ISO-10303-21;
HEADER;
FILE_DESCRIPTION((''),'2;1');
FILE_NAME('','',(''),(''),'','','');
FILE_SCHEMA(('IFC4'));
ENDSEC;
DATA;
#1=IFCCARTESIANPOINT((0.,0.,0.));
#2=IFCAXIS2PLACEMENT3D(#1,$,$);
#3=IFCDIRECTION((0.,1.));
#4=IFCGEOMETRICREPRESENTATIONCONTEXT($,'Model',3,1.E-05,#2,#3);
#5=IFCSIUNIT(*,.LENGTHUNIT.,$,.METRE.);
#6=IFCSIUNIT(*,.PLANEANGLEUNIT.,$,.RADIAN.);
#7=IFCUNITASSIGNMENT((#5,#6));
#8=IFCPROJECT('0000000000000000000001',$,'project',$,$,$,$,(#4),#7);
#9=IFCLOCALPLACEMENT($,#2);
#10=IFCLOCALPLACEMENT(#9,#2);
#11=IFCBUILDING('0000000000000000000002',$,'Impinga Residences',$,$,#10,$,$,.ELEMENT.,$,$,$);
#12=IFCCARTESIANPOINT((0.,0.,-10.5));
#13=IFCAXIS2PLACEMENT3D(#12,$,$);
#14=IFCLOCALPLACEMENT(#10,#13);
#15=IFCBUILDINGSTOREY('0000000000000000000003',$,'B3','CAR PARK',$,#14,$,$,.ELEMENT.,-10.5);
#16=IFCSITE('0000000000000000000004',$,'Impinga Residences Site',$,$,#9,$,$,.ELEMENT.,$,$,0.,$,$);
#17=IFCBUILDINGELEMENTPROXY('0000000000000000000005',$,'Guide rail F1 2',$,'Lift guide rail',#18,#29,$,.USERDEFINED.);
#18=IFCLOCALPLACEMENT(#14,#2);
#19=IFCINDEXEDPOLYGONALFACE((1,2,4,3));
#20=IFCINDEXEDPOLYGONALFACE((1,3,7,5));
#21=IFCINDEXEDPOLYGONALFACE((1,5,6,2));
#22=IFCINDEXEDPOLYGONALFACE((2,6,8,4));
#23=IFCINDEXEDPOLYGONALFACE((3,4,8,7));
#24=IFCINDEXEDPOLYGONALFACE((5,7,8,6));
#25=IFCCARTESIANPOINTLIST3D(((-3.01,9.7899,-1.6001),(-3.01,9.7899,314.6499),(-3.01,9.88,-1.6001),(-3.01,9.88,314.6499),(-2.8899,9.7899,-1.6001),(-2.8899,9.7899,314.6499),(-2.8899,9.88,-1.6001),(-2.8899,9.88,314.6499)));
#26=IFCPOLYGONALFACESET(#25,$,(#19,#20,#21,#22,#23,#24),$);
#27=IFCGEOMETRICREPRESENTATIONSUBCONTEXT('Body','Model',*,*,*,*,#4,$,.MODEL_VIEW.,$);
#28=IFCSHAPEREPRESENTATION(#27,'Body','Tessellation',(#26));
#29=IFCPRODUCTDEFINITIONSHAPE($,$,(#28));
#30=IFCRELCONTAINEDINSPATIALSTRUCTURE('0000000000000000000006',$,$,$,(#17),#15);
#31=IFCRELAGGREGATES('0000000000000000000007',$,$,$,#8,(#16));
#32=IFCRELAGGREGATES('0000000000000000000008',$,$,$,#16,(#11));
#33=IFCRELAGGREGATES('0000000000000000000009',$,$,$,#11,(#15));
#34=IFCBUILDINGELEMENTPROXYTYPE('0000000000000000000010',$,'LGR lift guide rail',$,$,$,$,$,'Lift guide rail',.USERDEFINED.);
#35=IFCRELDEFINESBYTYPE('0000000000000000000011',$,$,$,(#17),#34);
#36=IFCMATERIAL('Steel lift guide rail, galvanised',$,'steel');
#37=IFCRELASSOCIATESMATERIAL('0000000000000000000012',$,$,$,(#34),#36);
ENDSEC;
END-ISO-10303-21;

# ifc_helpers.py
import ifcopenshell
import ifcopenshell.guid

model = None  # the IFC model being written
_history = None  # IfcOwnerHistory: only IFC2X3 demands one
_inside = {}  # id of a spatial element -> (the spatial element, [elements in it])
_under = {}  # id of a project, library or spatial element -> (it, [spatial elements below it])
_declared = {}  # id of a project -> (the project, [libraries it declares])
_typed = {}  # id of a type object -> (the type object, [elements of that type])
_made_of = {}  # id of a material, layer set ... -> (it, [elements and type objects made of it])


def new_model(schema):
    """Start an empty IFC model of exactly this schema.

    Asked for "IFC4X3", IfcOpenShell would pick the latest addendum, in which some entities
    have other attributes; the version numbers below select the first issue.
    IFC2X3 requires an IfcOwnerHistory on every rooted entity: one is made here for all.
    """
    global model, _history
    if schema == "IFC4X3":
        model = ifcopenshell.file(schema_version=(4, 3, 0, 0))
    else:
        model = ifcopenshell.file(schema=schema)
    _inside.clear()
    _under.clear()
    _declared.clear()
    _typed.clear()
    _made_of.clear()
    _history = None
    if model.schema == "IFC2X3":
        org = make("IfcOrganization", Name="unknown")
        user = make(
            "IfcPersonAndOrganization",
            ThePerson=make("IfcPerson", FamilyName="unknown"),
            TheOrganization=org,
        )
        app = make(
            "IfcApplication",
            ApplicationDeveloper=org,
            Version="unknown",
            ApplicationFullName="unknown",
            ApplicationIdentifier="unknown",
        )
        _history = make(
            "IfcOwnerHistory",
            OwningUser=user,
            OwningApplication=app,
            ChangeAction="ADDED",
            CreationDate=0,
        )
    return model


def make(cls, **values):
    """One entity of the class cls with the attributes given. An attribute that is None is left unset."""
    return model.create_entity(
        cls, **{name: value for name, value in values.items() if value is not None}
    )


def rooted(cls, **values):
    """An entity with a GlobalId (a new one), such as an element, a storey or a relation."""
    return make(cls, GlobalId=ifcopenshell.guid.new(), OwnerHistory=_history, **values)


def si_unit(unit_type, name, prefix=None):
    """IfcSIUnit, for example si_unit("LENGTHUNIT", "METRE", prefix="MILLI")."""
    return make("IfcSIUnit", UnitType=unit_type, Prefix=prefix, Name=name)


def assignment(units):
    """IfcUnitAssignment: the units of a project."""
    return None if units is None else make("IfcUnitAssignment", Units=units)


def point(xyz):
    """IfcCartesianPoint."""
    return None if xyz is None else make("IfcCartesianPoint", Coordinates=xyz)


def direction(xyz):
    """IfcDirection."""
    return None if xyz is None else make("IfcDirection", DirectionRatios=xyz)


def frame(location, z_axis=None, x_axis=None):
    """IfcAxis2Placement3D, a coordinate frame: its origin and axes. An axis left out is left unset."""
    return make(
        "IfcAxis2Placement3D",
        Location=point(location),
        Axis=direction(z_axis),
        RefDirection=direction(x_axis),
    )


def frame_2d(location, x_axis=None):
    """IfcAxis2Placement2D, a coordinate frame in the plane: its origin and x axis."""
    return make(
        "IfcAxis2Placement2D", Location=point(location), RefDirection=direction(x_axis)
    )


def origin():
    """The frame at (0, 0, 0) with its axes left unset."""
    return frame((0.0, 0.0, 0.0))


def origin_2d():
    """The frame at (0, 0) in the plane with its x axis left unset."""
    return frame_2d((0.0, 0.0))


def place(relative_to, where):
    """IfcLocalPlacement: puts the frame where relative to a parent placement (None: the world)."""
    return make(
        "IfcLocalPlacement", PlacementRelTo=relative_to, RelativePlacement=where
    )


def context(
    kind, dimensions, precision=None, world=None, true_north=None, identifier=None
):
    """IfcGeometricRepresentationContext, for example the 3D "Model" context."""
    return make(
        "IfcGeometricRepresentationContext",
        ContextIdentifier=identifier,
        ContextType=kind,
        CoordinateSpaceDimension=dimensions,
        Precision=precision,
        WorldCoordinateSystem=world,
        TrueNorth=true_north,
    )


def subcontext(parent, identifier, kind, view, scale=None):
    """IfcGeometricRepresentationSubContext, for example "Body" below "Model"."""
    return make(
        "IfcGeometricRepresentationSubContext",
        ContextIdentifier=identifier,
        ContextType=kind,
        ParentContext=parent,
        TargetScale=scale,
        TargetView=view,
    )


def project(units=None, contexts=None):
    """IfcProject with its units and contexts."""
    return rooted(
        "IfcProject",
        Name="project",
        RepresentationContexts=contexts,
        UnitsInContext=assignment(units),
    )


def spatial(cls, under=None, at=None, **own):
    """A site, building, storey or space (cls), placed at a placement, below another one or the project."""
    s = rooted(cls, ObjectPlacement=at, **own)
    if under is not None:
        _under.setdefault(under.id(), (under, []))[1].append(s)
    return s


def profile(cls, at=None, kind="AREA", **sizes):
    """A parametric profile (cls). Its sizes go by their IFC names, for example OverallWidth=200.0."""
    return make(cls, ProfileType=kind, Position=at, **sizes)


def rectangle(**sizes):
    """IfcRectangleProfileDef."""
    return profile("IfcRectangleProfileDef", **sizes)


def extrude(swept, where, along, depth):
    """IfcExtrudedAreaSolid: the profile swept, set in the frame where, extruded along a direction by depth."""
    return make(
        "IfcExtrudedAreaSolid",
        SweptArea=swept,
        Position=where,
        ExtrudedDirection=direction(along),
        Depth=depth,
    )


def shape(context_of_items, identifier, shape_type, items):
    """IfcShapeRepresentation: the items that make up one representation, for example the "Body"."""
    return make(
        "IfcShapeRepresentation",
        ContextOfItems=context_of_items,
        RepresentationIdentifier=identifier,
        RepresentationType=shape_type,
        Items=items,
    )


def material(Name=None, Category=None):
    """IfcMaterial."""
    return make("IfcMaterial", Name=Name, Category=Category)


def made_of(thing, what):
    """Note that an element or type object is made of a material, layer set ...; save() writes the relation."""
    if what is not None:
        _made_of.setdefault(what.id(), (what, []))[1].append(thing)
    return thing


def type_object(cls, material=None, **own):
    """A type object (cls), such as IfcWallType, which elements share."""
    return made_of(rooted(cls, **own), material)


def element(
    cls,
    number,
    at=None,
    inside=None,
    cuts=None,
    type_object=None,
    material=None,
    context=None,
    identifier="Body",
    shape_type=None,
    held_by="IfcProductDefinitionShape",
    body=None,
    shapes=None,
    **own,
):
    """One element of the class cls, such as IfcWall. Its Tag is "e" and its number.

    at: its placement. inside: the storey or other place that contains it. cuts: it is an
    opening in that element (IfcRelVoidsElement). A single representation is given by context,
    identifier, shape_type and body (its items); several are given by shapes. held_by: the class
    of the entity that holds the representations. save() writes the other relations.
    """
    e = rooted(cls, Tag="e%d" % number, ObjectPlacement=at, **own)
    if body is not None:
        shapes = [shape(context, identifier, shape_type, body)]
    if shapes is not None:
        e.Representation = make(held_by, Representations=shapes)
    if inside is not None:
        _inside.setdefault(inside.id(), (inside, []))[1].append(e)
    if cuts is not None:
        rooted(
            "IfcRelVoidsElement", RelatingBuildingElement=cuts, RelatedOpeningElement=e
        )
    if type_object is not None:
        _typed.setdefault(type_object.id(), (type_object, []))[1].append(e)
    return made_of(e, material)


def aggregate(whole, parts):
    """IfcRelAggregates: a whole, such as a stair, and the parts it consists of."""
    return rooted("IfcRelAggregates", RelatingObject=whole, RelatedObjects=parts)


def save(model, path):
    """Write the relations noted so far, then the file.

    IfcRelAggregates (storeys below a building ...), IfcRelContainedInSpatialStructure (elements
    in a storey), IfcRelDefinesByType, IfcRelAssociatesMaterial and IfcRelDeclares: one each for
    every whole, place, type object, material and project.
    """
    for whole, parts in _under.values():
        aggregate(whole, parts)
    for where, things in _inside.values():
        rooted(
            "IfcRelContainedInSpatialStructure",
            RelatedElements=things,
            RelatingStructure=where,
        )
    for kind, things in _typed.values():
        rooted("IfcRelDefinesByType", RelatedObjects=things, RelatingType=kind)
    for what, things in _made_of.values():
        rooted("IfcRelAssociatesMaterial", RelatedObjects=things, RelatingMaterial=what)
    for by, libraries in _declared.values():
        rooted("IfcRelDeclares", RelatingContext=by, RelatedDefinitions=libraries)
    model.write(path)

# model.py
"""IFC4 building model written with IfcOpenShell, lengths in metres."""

from ifc_helpers import new_model, si_unit, direction, frame, origin, origin_2d, place, context, subcontext, project, spatial, rectangle, extrude, material, type_object, element, save


model = new_model("IFC4")

# Units and contexts
model_context = context("Model", 3, precision=1e-05, world=origin(), true_north=direction((0.0, 1.0)))
body_context = subcontext(model_context, "Body", "Model", "MODEL_VIEW")
ifc_project = project(units=[si_unit("LENGTHUNIT", "METRE"), si_unit("PLANEANGLEUNIT", "RADIAN")], contexts=[model_context])

# Site, building, storey
site_placement = place(None, origin())
site = spatial("IfcSite", under=ifc_project, at=site_placement, Name="Impinga Residences Site", CompositionType="ELEMENT", RefElevation=0.0)
building_placement = place(site_placement, origin())
building = spatial("IfcBuilding", under=site, at=building_placement, Name="Impinga Residences", CompositionType="ELEMENT")
storey_placement = place(building_placement, frame((0.0, 0.0, -10.5)))
storey = spatial("IfcBuildingStorey", under=building, at=storey_placement, Name="B3", Description="CAR PARK", CompositionType="ELEMENT", Elevation=-10.5)

# Building element proxy
ifc_material_1 = material(Name="Steel lift guide rail, galvanised", Category="steel")
building_element_proxy_type = type_object("IfcBuildingElementProxyType", Name="LGR lift guide rail", ElementType="Lift guide rail", PredefinedType="USERDEFINED", material=ifc_material_1)
for number, where, z_axis, x_axis, name in (
    (1, (-2.95, 9.835, -1.6001), (0.0, 0.0, 1.0), (0.0, 1.0, 0.0), "Guide rail F1 2"),
):
    element("IfcBuildingElementProxy", number, at=place(storey_placement, frame(where, z_axis=z_axis, x_axis=x_axis)), inside=storey, type_object=building_element_proxy_type, Name=name, ObjectType="Lift guide rail", PredefinedType="USERDEFINED", context=body_context, shape_type="SweptSolid", body=[
        extrude(rectangle(XDim=0.0901, YDim=0.1201, at=origin_2d()), origin(), (0.0, 0.0, 1.0), 316.25),
    ])

save(model, "model.ifc")
